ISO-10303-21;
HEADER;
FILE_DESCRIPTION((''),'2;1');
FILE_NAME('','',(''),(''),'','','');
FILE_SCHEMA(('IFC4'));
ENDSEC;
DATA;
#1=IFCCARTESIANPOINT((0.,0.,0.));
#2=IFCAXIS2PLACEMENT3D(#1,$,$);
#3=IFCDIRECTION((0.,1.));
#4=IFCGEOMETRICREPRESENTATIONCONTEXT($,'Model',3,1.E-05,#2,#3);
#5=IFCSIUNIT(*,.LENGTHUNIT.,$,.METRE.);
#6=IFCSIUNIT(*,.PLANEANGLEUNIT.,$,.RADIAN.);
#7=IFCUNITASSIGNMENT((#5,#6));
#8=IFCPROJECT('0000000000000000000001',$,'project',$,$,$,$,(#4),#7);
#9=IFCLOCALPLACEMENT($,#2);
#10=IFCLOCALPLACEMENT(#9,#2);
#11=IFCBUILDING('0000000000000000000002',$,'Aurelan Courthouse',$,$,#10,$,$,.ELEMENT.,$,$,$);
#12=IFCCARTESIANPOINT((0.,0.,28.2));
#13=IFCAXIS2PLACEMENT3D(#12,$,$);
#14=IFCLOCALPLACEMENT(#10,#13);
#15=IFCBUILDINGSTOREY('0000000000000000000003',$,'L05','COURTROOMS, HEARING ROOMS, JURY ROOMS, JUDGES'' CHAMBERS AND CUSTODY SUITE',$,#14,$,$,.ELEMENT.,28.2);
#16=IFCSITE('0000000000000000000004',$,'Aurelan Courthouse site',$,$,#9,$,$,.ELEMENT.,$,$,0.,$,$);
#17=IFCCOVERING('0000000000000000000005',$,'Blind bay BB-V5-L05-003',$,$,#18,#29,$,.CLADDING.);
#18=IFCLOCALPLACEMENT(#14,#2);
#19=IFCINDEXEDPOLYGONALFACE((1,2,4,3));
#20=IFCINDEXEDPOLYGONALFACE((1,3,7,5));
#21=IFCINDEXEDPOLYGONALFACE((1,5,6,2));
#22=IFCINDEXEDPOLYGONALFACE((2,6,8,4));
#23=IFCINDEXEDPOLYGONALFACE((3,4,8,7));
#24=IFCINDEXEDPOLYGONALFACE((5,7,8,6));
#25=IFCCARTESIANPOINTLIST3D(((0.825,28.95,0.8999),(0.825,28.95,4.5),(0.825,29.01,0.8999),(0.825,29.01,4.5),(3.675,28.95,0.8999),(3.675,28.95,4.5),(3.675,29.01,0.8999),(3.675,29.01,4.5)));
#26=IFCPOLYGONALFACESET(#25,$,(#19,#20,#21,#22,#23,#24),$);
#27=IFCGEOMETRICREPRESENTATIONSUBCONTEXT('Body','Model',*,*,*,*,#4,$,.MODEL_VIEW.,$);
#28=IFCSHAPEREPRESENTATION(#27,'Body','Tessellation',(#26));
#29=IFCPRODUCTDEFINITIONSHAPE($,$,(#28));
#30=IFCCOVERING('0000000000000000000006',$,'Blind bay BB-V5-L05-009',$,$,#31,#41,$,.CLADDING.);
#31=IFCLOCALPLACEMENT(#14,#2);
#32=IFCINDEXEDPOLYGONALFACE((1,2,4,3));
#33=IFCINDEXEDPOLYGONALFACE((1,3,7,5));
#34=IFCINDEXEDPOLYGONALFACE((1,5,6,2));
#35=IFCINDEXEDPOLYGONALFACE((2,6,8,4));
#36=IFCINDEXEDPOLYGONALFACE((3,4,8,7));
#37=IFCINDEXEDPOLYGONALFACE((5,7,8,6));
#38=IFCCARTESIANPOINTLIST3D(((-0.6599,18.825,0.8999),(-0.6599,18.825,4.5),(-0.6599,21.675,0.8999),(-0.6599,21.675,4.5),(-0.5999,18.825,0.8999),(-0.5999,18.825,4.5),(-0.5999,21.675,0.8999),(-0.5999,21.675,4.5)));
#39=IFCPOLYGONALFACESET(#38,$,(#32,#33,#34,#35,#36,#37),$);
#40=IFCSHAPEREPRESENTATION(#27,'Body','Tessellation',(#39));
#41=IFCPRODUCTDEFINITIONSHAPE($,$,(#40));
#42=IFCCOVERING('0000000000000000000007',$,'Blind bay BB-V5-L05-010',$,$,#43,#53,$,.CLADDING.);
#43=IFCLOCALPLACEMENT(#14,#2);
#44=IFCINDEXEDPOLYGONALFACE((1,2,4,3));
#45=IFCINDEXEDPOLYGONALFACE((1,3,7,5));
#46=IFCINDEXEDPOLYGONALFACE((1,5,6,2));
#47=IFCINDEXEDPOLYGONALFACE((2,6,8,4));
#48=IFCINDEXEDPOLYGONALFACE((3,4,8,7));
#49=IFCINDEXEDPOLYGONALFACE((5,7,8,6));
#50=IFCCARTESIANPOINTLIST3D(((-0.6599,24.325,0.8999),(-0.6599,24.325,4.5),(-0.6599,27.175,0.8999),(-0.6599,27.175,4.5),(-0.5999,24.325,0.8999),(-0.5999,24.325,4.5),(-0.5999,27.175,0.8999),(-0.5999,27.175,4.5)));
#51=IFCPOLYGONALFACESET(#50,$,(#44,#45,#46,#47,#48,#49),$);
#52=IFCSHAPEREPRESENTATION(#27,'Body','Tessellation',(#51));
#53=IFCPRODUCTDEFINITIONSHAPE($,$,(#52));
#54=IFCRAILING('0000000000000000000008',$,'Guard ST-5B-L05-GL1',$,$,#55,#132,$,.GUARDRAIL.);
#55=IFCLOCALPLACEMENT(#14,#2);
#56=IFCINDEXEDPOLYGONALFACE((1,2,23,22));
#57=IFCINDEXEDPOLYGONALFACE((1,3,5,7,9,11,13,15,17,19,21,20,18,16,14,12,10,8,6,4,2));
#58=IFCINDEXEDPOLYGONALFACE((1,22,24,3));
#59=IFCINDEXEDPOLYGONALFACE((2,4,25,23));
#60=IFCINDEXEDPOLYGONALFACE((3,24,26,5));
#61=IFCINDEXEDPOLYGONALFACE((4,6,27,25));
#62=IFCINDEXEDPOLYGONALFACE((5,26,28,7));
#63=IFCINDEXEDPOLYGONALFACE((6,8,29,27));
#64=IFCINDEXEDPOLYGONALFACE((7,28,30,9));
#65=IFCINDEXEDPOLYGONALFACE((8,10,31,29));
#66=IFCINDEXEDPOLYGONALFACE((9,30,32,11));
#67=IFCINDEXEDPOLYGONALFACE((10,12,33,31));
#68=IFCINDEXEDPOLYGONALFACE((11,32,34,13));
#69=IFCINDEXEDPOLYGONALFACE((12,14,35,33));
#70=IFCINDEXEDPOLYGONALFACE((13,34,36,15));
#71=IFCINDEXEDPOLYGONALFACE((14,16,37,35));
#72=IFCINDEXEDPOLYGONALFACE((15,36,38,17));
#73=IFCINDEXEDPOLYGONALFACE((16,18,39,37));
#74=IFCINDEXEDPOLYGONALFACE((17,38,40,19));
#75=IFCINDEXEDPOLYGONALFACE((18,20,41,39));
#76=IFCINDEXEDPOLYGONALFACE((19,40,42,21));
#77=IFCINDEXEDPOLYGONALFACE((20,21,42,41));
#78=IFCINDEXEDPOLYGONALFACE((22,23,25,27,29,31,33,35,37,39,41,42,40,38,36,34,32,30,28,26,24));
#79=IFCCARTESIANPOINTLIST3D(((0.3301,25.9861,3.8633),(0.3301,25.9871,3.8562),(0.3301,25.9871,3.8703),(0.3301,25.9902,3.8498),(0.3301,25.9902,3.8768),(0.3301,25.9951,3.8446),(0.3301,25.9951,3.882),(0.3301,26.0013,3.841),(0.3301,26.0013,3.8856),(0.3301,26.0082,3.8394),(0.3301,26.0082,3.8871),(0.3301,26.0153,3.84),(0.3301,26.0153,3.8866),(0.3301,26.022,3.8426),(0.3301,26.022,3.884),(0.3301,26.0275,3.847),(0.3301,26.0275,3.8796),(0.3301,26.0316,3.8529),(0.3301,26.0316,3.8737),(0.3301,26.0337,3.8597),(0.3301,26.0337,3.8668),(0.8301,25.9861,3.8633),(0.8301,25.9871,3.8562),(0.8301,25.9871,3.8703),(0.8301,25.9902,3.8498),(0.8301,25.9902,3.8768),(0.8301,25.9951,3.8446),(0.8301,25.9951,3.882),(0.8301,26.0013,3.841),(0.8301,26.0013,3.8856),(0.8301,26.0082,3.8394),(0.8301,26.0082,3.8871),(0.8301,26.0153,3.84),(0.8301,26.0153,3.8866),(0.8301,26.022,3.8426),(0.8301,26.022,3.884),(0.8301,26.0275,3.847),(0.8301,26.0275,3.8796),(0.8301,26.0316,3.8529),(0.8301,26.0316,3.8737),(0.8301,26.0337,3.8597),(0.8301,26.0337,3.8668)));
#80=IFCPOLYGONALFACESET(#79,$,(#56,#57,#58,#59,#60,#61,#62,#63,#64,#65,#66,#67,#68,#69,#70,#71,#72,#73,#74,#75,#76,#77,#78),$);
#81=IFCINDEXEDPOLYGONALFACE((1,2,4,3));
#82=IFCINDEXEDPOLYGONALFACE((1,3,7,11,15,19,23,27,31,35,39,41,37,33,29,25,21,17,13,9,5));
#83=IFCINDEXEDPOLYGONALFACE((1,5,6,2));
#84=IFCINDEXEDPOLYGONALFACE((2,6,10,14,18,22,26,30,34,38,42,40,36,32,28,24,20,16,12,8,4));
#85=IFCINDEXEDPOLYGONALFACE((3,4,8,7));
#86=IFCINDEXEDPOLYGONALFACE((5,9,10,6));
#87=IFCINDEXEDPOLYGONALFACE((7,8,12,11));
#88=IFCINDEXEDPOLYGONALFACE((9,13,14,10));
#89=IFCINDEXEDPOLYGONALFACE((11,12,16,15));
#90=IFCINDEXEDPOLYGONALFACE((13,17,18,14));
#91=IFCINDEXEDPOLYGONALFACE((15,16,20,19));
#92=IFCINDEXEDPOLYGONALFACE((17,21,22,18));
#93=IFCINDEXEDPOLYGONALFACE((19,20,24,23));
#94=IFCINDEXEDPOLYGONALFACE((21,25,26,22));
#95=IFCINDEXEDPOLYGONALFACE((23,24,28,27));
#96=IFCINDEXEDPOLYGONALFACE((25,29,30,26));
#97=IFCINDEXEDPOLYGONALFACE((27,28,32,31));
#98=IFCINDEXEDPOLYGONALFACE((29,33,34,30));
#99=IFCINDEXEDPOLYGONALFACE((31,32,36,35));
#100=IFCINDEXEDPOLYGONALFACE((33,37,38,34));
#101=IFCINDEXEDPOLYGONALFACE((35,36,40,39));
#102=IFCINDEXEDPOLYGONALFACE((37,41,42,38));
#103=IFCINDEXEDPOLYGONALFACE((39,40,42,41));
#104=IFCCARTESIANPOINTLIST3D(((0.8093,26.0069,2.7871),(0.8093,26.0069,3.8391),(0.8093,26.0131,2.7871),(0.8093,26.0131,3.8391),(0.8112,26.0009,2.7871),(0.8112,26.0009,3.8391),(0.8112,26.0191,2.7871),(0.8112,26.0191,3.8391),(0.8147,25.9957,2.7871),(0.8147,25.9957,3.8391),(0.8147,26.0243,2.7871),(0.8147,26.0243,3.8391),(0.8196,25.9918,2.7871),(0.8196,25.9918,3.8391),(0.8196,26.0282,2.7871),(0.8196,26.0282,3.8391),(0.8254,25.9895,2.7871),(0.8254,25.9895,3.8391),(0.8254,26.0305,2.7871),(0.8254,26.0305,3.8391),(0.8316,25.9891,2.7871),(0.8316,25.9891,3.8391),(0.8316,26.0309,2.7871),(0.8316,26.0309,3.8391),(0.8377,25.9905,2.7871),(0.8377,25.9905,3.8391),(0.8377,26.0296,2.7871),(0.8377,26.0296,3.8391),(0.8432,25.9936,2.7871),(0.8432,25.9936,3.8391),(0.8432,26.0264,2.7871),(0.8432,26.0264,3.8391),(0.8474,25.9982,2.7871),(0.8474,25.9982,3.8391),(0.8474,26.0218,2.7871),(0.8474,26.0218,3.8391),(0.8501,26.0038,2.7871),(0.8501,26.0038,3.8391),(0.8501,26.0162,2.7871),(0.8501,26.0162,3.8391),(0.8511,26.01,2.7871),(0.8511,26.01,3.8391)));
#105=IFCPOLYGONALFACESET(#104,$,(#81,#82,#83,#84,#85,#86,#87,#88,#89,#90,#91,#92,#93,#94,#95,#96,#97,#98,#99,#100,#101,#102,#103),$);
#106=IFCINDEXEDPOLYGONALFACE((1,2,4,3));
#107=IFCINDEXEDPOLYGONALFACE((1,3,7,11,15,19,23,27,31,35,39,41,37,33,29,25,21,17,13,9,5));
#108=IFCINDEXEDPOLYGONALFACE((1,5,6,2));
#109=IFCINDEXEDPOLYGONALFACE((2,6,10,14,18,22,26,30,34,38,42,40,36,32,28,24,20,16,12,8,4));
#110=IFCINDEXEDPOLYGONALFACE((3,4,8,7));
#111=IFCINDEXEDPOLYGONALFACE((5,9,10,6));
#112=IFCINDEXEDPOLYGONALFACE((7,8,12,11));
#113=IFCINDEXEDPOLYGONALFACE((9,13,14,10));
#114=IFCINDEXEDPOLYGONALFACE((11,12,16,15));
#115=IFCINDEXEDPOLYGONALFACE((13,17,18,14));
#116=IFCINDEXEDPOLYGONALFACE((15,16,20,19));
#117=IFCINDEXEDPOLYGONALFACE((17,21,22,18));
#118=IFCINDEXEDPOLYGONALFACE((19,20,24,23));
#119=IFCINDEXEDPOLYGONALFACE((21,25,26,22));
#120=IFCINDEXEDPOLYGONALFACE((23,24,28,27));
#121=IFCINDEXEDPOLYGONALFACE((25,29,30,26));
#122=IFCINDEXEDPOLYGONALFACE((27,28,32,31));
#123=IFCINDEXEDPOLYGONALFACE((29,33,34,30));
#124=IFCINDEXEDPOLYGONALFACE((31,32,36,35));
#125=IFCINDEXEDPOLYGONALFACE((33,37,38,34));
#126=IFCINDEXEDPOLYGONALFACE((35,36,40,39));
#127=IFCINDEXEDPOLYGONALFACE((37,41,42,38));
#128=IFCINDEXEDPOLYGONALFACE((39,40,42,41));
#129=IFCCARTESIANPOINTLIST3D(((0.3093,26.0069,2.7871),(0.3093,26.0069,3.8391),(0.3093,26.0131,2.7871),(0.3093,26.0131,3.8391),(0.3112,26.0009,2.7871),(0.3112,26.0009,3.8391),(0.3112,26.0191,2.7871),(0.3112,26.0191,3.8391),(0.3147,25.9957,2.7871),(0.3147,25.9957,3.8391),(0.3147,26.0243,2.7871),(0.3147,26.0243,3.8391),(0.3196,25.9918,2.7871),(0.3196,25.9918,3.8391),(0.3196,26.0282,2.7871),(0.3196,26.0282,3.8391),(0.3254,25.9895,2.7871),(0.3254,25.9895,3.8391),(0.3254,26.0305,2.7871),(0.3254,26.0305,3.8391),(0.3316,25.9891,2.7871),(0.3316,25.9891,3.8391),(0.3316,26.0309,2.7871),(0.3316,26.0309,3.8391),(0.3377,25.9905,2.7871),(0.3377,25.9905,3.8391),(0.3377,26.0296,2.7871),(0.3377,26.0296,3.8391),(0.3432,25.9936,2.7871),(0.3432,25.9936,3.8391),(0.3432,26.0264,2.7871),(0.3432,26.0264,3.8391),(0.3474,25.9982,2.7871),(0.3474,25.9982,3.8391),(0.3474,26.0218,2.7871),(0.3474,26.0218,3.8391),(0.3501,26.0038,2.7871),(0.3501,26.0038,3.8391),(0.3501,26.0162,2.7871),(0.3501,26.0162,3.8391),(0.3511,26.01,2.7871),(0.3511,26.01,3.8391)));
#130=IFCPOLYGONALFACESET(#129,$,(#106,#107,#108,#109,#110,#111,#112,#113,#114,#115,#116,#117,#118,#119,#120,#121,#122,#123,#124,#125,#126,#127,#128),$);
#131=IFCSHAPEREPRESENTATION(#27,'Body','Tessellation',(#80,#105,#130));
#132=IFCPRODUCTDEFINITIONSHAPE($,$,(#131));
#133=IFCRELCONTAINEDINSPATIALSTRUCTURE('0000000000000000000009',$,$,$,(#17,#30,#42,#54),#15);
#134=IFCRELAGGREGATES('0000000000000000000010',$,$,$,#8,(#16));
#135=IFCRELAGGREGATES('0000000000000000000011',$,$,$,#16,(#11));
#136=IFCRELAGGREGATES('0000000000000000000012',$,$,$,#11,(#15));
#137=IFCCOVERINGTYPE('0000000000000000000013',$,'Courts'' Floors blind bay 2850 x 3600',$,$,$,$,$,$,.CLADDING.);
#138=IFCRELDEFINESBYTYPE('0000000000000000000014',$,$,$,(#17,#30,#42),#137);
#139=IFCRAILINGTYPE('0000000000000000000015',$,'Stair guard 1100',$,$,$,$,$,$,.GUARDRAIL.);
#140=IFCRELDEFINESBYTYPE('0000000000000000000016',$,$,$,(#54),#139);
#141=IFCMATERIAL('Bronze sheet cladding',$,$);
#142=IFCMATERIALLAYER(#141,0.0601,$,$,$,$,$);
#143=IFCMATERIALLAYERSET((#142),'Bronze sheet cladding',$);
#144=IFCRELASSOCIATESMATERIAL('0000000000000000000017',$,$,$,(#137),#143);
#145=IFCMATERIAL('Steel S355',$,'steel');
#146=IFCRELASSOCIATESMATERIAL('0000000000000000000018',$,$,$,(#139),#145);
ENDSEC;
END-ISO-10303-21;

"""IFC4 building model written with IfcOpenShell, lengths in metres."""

from ifc_helpers import new_model, si_unit, direction, frame, origin, origin_2d, place, context, subcontext, project, spatial, rectangle, circle, extrude, material, layer, layer_set, type_object, element, save


model = new_model("IFC4")

# Units and contexts
model_context = context("Model", 3, precision=1e-05, world=origin(), true_north=direction((0.0, 1.0)))
body_context = subcontext(model_context, "Body", "Model", "MODEL_VIEW")
ifc_project = project(units=[si_unit("LENGTHUNIT", "METRE"), si_unit("PLANEANGLEUNIT", "RADIAN")], contexts=[model_context])

# Site, building, storey
site_placement = place(None, origin())
site = spatial("IfcSite", under=ifc_project, at=site_placement, Name="Aurelan Courthouse site", CompositionType="ELEMENT", RefElevation=0.0)
building_placement = place(site_placement, origin())
building = spatial("IfcBuilding", under=site, at=building_placement, Name="Aurelan Courthouse", CompositionType="ELEMENT")
storey_placement = place(building_placement, frame((0.0, 0.0, 28.2)))
storey = spatial("IfcBuildingStorey", under=building, at=storey_placement, Name="L05", Description="COURTROOMS, HEARING ROOMS, JURY ROOMS, JUDGES' CHAMBERS AND CUSTODY SUITE", CompositionType="ELEMENT", Elevation=28.2)

# Coverings
ifc_material_1 = material(Name="Bronze sheet cladding")
ifc_layer_1 = layer(ifc_material_1, 0.0601)
ifc_layer_set_1 = layer_set([ifc_layer_1], Name="Bronze sheet cladding")
covering_type = type_object("IfcCoveringType", Name="Courts' Floors blind bay 2850 x 3600", PredefinedType="CLADDING", material=ifc_layer_set_1)
covering_placement = place(storey_placement, frame((2.25, 28.98, 0.8999), z_axis=(0.0, 0.0, 1.0), x_axis=(1.0, 0.0, 0.0)))
element("IfcCovering", 1, at=covering_placement, inside=storey, type_object=covering_type, Name="Blind bay BB-V5-L05-003", PredefinedType="CLADDING", context=body_context, shape_type="SweptSolid", body=[
    extrude(rectangle(XDim=2.8501, YDim=0.0601, at=origin_2d()), origin(), (0.0, 0.0, 1.0), 3.6001),
])
for number, where, z_axis, x_axis, name in (
    (2, (-0.6299, 20.25, 0.8999), (0.0, 0.0, 1.0), (1.0, 0.0, 0.0), "Blind bay BB-V5-L05-009"),
    (3, (-0.6299, 25.75, 0.8999), (0.0, 0.0, 1.0), (1.0, 0.0, 0.0), "Blind bay BB-V5-L05-010"),
):
    element("IfcCovering", number, at=place(storey_placement, frame(where, z_axis=z_axis, x_axis=x_axis)), inside=storey, type_object=covering_type, Name=name, PredefinedType="CLADDING", context=body_context, shape_type="SweptSolid", body=[
        extrude(rectangle(XDim=0.0601, YDim=2.8501, at=origin_2d()), origin(), (0.0, 0.0, 1.0), 3.6001),
    ])

# Railing
ifc_material_2 = material(Name="Steel S355", Category="steel")
railing_type_1 = type_object("IfcRailingType", Name="Stair guard 1100", PredefinedType="GUARDRAIL", material=ifc_material_2)
railing_1_placement = place(storey_placement, frame((0.8301, 26.01, 2.7871)))
element("IfcRailing", 4, at=railing_1_placement, inside=storey, type_object=railing_type_1, Name="Guard ST-5B-L05-GL1", PredefinedType="GUARDRAIL", context=body_context, shape_type="SweptSolid", body=[
    extrude(circle(Radius=0.0239, at=origin_2d()), frame((0.0, 0.0, 1.0762), z_axis=(-1.0, 0.0, 0.0), x_axis=(0.0, -1.0, 0.0)), (0.0, 0.0, 1.0), 0.5),
    extrude(circle(Radius=0.021, at=origin_2d()), origin(), (0.0, 0.0, 1.0), 1.052),
    extrude(circle(Radius=0.021, at=origin_2d()), frame((-0.5, 0.0, 0.0)), (0.0, 0.0, 1.0), 1.052),
])

save(model, "model.ifc")
